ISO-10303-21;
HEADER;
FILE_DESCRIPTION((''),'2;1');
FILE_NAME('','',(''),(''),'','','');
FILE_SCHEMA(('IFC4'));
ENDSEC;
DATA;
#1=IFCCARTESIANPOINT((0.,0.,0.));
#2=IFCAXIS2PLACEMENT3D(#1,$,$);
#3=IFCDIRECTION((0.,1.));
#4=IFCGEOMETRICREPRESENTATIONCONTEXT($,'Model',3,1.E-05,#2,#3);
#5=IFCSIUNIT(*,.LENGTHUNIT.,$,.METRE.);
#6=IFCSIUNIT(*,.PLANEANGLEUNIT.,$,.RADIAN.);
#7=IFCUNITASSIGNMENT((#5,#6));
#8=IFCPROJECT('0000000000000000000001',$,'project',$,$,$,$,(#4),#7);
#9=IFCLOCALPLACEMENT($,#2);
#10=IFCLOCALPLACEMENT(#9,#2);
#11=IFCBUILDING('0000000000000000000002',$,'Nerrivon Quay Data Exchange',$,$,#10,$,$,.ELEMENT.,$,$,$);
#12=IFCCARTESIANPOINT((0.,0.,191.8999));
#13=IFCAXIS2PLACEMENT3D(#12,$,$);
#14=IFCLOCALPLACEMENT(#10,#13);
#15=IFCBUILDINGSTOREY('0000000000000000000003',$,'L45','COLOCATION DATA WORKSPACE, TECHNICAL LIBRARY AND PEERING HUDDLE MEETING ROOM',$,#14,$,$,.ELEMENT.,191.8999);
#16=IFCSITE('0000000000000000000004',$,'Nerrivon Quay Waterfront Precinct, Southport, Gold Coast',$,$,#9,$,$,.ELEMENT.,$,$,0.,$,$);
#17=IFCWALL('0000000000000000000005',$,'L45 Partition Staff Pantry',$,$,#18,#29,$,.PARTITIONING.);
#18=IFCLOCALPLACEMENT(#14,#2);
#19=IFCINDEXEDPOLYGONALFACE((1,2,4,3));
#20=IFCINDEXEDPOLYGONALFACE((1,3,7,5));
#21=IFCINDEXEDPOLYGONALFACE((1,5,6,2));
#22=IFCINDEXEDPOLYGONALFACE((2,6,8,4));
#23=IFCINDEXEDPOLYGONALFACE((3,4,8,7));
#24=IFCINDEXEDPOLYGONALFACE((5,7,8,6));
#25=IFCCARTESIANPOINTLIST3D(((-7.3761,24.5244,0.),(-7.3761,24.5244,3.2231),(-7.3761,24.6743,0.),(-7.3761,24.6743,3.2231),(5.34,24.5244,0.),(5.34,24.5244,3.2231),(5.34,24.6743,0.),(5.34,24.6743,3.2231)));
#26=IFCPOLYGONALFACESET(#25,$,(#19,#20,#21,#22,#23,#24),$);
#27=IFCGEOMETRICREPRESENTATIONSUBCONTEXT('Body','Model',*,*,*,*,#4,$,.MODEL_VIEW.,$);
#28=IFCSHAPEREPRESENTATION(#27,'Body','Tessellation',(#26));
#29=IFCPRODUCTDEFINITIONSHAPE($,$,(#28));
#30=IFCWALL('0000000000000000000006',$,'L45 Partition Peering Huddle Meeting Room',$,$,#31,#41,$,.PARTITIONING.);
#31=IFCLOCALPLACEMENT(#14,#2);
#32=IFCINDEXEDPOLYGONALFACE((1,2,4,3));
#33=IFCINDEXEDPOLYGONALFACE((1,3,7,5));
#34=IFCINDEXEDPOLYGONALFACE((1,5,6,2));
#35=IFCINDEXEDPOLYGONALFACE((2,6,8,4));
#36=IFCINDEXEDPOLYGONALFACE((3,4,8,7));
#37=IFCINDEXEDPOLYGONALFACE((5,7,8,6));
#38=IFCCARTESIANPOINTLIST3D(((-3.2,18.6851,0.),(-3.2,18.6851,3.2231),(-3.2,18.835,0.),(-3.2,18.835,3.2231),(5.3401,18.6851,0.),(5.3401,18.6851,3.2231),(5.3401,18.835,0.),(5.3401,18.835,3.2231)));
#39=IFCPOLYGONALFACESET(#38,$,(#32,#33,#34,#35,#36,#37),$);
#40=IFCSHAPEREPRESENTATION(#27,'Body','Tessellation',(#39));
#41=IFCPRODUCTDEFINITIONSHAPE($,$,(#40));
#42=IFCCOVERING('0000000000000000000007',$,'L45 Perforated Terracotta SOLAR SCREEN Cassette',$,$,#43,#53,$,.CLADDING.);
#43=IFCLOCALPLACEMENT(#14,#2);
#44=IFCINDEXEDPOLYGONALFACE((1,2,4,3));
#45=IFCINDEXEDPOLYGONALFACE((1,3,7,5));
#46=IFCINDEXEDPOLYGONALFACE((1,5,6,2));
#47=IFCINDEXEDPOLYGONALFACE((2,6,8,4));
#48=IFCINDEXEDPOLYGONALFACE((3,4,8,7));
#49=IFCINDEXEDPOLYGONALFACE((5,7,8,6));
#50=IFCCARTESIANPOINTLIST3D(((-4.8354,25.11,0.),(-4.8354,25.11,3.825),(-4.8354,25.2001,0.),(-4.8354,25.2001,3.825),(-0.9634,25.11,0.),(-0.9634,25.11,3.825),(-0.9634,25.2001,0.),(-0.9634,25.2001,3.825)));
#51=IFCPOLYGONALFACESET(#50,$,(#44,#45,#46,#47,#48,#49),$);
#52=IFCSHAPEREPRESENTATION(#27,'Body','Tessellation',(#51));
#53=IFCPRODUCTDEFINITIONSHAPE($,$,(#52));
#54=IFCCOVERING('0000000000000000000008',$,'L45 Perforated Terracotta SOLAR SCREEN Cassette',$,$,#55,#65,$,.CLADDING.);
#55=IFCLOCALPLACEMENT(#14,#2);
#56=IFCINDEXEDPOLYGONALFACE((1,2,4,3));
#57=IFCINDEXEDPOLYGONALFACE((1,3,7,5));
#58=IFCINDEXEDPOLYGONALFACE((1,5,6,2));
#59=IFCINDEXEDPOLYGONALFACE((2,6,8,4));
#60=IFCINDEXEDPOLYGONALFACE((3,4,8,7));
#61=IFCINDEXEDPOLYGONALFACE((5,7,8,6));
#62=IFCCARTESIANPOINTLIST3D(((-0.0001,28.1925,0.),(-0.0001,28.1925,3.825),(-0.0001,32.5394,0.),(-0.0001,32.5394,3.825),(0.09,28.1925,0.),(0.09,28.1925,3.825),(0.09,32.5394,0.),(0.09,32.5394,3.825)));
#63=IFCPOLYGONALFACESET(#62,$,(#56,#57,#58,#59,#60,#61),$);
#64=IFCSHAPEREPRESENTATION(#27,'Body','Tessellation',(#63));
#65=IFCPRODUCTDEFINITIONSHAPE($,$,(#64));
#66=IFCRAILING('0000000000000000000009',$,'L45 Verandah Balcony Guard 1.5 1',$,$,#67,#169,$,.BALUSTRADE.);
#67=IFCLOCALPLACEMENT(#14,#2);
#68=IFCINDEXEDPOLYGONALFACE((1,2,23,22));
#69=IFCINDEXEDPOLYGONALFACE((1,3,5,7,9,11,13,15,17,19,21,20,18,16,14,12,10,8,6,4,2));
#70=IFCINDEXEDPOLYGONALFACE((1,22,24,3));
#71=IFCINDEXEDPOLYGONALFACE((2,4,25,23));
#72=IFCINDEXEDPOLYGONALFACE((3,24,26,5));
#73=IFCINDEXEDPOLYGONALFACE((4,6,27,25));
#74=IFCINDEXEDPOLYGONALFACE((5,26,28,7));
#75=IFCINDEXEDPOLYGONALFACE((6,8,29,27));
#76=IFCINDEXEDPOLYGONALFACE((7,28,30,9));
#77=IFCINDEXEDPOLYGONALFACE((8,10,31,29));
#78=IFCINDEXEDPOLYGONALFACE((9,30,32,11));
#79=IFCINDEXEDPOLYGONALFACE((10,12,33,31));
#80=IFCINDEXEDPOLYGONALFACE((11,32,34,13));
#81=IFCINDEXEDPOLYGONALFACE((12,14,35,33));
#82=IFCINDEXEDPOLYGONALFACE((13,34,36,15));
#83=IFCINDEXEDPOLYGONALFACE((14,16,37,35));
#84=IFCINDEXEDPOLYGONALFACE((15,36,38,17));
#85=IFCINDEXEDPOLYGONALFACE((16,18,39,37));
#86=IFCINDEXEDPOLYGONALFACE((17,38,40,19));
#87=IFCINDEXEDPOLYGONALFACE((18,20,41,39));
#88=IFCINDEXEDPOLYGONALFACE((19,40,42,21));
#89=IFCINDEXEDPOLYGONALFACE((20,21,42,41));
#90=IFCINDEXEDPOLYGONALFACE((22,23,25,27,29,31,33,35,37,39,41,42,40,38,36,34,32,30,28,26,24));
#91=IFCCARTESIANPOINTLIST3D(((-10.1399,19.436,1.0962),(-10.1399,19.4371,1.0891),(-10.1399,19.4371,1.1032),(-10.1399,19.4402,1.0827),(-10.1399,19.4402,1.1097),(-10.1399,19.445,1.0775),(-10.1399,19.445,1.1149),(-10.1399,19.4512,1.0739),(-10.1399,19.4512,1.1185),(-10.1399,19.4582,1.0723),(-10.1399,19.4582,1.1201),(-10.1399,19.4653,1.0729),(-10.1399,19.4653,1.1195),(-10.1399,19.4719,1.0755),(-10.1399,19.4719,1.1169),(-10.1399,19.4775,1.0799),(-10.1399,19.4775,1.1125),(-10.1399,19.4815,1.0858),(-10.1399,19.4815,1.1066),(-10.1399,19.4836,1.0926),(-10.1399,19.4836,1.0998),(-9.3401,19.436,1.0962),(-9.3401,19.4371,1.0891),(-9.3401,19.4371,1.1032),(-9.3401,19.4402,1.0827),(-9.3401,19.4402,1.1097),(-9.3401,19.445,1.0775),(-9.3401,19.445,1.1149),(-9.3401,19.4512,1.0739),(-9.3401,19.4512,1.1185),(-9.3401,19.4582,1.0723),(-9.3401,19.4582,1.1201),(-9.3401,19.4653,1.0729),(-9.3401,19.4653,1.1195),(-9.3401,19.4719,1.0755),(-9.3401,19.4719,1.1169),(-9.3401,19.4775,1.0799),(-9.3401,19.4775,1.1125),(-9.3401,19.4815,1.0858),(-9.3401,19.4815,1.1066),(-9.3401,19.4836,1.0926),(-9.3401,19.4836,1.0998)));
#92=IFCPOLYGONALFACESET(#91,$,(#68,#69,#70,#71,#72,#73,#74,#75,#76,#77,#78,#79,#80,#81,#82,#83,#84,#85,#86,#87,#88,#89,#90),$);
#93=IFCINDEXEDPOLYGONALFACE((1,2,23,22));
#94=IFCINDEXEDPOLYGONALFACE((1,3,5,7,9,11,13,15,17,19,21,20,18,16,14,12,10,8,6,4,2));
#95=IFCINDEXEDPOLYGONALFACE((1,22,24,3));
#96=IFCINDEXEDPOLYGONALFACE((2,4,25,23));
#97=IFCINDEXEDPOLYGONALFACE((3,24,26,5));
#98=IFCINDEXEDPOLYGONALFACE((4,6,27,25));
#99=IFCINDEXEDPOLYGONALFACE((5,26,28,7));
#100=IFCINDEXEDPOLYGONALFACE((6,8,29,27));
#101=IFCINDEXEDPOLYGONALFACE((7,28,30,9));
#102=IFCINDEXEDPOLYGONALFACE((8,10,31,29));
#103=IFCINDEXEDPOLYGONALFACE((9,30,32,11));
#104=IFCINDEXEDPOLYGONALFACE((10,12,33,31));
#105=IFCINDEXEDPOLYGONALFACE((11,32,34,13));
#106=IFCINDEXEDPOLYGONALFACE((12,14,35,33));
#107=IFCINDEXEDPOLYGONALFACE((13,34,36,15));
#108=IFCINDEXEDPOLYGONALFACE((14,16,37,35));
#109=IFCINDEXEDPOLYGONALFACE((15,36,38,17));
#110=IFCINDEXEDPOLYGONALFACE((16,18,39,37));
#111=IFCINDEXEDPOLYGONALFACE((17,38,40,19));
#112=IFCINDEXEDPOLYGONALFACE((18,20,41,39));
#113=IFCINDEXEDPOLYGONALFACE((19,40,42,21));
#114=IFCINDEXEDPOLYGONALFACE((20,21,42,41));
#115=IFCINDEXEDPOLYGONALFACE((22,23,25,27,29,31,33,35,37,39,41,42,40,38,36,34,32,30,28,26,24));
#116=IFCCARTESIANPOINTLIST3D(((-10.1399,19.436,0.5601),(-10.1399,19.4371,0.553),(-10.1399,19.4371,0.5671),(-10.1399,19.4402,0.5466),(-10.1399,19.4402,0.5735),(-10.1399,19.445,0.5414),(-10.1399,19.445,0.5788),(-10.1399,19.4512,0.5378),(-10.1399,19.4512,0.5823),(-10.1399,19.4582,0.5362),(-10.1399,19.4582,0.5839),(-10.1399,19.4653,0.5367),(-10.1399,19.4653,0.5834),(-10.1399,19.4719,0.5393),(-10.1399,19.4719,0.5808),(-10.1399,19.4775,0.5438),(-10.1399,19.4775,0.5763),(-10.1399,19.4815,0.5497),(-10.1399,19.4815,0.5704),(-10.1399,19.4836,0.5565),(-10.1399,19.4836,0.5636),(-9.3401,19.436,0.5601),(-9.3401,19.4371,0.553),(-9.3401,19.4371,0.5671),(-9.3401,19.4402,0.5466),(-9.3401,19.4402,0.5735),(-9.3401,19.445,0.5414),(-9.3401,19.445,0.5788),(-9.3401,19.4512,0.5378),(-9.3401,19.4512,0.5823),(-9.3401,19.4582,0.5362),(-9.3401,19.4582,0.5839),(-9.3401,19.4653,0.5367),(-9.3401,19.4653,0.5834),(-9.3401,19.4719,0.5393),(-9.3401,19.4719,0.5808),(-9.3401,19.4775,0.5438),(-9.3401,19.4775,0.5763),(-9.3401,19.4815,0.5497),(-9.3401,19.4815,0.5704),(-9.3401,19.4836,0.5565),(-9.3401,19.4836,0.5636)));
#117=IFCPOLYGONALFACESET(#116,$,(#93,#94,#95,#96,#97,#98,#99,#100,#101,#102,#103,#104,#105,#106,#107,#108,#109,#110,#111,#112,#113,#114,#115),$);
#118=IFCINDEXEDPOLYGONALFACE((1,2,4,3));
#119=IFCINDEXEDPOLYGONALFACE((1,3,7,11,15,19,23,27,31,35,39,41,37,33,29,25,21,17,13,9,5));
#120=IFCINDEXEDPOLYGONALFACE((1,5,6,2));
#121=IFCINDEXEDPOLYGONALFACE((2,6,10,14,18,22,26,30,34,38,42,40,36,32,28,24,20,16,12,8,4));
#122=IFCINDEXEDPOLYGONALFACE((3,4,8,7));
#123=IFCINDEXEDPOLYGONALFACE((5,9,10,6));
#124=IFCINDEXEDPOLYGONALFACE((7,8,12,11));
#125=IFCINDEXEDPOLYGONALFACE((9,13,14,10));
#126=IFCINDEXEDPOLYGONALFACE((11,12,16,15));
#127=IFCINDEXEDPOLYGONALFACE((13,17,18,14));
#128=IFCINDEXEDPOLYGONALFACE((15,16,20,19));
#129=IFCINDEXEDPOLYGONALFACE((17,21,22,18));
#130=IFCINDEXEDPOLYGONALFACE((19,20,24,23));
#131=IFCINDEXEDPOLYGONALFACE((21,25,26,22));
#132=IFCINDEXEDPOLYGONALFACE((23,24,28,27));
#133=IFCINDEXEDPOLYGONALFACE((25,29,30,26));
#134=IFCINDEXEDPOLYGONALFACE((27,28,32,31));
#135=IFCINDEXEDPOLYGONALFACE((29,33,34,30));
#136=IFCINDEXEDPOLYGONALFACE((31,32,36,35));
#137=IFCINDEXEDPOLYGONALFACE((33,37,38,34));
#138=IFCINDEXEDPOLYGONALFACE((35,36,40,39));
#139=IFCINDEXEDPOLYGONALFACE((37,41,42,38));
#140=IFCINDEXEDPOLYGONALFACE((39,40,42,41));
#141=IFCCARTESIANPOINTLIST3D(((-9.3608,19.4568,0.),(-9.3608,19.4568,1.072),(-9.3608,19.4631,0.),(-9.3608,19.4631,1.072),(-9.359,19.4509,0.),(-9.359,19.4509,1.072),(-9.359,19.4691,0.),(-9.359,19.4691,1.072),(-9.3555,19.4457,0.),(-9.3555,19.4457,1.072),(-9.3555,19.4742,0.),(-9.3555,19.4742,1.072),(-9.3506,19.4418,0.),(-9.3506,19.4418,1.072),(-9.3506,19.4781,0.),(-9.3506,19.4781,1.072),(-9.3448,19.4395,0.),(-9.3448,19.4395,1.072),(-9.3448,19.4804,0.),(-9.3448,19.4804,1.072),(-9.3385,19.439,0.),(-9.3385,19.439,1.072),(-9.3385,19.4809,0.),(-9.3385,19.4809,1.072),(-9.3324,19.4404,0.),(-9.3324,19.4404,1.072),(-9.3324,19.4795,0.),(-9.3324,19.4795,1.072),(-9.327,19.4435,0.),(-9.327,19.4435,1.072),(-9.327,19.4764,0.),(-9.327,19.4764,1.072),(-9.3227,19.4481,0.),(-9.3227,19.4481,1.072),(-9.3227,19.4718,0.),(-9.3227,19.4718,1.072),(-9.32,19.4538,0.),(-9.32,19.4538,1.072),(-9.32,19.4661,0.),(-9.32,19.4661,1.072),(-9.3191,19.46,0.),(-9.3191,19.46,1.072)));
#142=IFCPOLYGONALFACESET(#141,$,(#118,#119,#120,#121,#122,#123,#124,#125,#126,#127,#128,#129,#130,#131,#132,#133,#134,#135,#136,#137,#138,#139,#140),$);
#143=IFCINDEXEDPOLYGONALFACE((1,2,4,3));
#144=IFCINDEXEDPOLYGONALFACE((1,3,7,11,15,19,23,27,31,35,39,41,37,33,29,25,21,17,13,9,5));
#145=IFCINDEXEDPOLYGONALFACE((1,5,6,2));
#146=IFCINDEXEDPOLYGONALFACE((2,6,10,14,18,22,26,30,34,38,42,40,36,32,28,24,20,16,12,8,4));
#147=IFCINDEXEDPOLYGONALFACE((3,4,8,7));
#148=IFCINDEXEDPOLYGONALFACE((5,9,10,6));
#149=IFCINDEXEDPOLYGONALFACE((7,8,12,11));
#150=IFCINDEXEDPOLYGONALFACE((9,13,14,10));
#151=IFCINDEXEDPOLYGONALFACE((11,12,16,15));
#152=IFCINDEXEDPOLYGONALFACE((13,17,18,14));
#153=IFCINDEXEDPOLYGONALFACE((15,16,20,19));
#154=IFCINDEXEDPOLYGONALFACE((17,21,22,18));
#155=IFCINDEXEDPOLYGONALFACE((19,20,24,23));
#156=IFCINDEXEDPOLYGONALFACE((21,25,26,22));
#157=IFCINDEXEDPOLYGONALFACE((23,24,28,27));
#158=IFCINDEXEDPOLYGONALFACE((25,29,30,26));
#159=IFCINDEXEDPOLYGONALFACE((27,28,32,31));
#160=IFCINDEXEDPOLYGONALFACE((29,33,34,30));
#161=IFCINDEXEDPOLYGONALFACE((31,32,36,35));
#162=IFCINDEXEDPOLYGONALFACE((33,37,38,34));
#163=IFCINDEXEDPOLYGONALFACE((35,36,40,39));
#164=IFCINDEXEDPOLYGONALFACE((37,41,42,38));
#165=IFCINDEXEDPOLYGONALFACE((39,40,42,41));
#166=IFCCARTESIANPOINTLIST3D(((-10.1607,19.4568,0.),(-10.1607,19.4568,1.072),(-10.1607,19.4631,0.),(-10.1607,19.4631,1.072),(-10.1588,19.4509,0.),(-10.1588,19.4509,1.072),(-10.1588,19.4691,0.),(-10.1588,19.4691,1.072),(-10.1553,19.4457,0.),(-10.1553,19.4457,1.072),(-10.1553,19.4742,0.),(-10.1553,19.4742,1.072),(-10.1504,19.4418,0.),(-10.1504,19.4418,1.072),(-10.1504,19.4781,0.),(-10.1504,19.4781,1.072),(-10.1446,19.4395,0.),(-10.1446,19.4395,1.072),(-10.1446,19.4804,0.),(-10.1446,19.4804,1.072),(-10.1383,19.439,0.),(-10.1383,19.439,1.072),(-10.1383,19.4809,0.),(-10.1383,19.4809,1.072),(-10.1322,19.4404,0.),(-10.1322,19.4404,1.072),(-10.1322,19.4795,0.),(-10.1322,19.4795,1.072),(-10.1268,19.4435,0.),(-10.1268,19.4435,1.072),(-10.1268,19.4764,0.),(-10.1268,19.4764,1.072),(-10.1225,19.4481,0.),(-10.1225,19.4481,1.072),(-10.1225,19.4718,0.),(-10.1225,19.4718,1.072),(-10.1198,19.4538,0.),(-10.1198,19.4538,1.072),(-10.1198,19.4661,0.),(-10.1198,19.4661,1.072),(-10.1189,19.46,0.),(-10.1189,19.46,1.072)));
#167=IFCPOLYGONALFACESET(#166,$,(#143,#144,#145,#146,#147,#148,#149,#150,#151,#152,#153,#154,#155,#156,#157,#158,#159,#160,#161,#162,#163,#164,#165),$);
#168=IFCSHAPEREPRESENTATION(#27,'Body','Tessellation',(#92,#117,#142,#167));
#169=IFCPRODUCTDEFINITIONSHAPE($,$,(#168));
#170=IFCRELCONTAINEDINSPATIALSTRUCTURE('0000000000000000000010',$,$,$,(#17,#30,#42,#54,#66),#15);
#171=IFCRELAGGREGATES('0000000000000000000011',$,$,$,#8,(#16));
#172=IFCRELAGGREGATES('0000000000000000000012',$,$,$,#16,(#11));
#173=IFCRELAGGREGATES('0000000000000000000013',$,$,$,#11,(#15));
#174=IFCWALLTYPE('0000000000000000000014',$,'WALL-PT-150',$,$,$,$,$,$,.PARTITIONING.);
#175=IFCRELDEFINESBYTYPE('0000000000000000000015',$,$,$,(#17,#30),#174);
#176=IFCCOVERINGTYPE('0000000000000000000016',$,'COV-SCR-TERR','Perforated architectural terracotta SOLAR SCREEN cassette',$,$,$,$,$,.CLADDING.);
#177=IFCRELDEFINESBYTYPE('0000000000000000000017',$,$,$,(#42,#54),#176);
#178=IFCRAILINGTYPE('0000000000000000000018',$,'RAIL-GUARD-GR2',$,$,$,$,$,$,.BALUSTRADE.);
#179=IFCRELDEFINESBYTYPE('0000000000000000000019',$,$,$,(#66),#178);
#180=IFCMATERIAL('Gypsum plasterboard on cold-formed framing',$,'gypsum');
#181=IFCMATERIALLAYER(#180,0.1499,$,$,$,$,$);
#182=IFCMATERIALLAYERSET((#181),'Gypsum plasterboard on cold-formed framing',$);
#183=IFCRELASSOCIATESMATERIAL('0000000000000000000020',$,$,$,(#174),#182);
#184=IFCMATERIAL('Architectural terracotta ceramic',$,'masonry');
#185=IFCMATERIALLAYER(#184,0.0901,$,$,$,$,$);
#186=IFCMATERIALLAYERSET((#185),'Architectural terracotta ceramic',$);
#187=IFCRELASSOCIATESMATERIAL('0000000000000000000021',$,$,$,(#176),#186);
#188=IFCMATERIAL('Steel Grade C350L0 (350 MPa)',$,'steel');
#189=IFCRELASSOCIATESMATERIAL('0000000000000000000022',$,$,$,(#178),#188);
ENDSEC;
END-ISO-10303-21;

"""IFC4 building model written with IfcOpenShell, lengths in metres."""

from ifc_helpers import new_model, si_unit, direction, frame, frame_2d, origin, origin_2d, place, context, subcontext, project, spatial, rectangle, circle, extrude, material, layer, layer_set, type_object, element, save


model = new_model("IFC4")

# Units and contexts
model_context = context("Model", 3, precision=1e-05, world=origin(), true_north=direction((0.0, 1.0)))
body_context = subcontext(model_context, "Body", "Model", "MODEL_VIEW")
ifc_project = project(units=[si_unit("LENGTHUNIT", "METRE"), si_unit("PLANEANGLEUNIT", "RADIAN")], contexts=[model_context])

# Site, building, storey
site_placement = place(None, origin())
site = spatial("IfcSite", under=ifc_project, at=site_placement, Name="Nerrivon Quay Waterfront Precinct, Southport, Gold Coast", CompositionType="ELEMENT", RefElevation=0.0)
building_placement = place(site_placement, origin())
building = spatial("IfcBuilding", under=site, at=building_placement, Name="Nerrivon Quay Data Exchange", CompositionType="ELEMENT")
storey_placement = place(building_placement, frame((0.0, 0.0, 191.8999)))
storey = spatial("IfcBuildingStorey", under=building, at=storey_placement, Name="L45", Description="COLOCATION DATA WORKSPACE, TECHNICAL LIBRARY AND PEERING HUDDLE MEETING ROOM", CompositionType="ELEMENT", Elevation=191.8999)

# Walls
ifc_material_1 = material(Name="Gypsum plasterboard on cold-formed framing", Category="gypsum")
ifc_layer_1 = layer(ifc_material_1, 0.1499)
ifc_layer_set_1 = layer_set([ifc_layer_1], Name="Gypsum plasterboard on cold-formed framing")
wall_type = type_object("IfcWallType", Name="WALL-PT-150", PredefinedType="PARTITIONING", material=ifc_layer_set_1)
wall_1_placement = place(storey_placement, frame((-7.376, 24.5994, 0.0), z_axis=(0.0, 0.0, 1.0), x_axis=(1.0, 0.0, 0.0)))
element("IfcWall", 1, at=wall_1_placement, inside=storey, type_object=wall_type, Name="L45 Partition Staff Pantry", PredefinedType="PARTITIONING", context=body_context, shape_type="SweptSolid", body=[
    extrude(rectangle(XDim=12.7161, YDim=0.1499, at=frame_2d((6.3579, 0.0))), origin(), (0.0, 0.0, 1.0), 3.2231),
])
wall_2_placement = place(storey_placement, frame((-3.2, 18.76, 0.0), z_axis=(0.0, 0.0, 1.0), x_axis=(1.0, 0.0, 0.0)))
element("IfcWall", 2, at=wall_2_placement, inside=storey, type_object=wall_type, Name="L45 Partition Peering Huddle Meeting Room", PredefinedType="PARTITIONING", context=body_context, shape_type="SweptSolid", body=[
    extrude(rectangle(XDim=8.54, YDim=0.1499, at=frame_2d((4.27, 0.0))), origin(), (0.0, 0.0, 1.0), 3.2231),
])

# Coverings
ifc_material_2 = material(Name="Architectural terracotta ceramic", Category="masonry")
ifc_layer_2 = layer(ifc_material_2, 0.0901)
ifc_layer_set_2 = layer_set([ifc_layer_2], Name="Architectural terracotta ceramic")
covering_type = type_object("IfcCoveringType", Name="COV-SCR-TERR", Description="Perforated architectural terracotta SOLAR SCREEN cassette", PredefinedType="CLADDING", material=ifc_layer_set_2)
covering_1_placement = place(storey_placement, frame((-2.8994, 25.155, 0.0), z_axis=(0.0, 0.0, 1.0), x_axis=(1.0, 0.0, 0.0)))
element("IfcCovering", 3, at=covering_1_placement, inside=storey, type_object=covering_type, Name="L45 Perforated Terracotta SOLAR SCREEN Cassette", PredefinedType="CLADDING", context=body_context, shape_type="SweptSolid", body=[
    extrude(rectangle(XDim=3.8721, YDim=0.0901, at=origin_2d()), origin(), (0.0, 0.0, 1.0), 3.825),
])
covering_2_placement = place(storey_placement, frame((0.0449, 30.366, 0.0), z_axis=(0.0, 0.0, 1.0), x_axis=(0.0, 1.0, 0.0)))
element("IfcCovering", 4, at=covering_2_placement, inside=storey, type_object=covering_type, Name="L45 Perforated Terracotta SOLAR SCREEN Cassette", PredefinedType="CLADDING", context=body_context, shape_type="SweptSolid", body=[
    extrude(rectangle(XDim=4.3469, YDim=0.0901, at=origin_2d()), origin(), (0.0, 0.0, 1.0), 3.825),
])

# Railing
ifc_material_3 = material(Name="Steel Grade C350L0 (350 MPa)", Category="steel")
railing_type = type_object("IfcRailingType", Name="RAIL-GUARD-GR2", PredefinedType="BALUSTRADE", material=ifc_material_3)
railing_1_placement = place(storey_placement, frame((-9.3401, 19.46, 0.0)))
element("IfcRailing", 5, at=railing_1_placement, inside=storey, type_object=railing_type, Name="L45 Verandah Balcony Guard 1.5 1", PredefinedType="BALUSTRADE", context=body_context, shape_type="SweptSolid", body=[
    extrude(circle(Radius=0.0239, at=origin_2d()), frame((0.0, 0.0, 1.0962), z_axis=(-1.0, 0.0, 0.0), x_axis=(0.0, -1.0, 0.0)), (0.0, 0.0, 1.0), 0.7998),
    extrude(circle(Radius=0.0239, at=origin_2d()), frame((0.0, 0.0, 0.5601), z_axis=(-1.0, 0.0, 0.0), x_axis=(0.0, -1.0, 0.0)), (0.0, 0.0, 1.0), 0.7998),
    extrude(circle(Radius=0.021, at=origin_2d()), origin(), (0.0, 0.0, 1.0), 1.072),
    extrude(circle(Radius=0.021, at=origin_2d()), frame((-0.7998, 0.0, 0.0)), (0.0, 0.0, 1.0), 1.072),
])

save(model, "model.ifc")
